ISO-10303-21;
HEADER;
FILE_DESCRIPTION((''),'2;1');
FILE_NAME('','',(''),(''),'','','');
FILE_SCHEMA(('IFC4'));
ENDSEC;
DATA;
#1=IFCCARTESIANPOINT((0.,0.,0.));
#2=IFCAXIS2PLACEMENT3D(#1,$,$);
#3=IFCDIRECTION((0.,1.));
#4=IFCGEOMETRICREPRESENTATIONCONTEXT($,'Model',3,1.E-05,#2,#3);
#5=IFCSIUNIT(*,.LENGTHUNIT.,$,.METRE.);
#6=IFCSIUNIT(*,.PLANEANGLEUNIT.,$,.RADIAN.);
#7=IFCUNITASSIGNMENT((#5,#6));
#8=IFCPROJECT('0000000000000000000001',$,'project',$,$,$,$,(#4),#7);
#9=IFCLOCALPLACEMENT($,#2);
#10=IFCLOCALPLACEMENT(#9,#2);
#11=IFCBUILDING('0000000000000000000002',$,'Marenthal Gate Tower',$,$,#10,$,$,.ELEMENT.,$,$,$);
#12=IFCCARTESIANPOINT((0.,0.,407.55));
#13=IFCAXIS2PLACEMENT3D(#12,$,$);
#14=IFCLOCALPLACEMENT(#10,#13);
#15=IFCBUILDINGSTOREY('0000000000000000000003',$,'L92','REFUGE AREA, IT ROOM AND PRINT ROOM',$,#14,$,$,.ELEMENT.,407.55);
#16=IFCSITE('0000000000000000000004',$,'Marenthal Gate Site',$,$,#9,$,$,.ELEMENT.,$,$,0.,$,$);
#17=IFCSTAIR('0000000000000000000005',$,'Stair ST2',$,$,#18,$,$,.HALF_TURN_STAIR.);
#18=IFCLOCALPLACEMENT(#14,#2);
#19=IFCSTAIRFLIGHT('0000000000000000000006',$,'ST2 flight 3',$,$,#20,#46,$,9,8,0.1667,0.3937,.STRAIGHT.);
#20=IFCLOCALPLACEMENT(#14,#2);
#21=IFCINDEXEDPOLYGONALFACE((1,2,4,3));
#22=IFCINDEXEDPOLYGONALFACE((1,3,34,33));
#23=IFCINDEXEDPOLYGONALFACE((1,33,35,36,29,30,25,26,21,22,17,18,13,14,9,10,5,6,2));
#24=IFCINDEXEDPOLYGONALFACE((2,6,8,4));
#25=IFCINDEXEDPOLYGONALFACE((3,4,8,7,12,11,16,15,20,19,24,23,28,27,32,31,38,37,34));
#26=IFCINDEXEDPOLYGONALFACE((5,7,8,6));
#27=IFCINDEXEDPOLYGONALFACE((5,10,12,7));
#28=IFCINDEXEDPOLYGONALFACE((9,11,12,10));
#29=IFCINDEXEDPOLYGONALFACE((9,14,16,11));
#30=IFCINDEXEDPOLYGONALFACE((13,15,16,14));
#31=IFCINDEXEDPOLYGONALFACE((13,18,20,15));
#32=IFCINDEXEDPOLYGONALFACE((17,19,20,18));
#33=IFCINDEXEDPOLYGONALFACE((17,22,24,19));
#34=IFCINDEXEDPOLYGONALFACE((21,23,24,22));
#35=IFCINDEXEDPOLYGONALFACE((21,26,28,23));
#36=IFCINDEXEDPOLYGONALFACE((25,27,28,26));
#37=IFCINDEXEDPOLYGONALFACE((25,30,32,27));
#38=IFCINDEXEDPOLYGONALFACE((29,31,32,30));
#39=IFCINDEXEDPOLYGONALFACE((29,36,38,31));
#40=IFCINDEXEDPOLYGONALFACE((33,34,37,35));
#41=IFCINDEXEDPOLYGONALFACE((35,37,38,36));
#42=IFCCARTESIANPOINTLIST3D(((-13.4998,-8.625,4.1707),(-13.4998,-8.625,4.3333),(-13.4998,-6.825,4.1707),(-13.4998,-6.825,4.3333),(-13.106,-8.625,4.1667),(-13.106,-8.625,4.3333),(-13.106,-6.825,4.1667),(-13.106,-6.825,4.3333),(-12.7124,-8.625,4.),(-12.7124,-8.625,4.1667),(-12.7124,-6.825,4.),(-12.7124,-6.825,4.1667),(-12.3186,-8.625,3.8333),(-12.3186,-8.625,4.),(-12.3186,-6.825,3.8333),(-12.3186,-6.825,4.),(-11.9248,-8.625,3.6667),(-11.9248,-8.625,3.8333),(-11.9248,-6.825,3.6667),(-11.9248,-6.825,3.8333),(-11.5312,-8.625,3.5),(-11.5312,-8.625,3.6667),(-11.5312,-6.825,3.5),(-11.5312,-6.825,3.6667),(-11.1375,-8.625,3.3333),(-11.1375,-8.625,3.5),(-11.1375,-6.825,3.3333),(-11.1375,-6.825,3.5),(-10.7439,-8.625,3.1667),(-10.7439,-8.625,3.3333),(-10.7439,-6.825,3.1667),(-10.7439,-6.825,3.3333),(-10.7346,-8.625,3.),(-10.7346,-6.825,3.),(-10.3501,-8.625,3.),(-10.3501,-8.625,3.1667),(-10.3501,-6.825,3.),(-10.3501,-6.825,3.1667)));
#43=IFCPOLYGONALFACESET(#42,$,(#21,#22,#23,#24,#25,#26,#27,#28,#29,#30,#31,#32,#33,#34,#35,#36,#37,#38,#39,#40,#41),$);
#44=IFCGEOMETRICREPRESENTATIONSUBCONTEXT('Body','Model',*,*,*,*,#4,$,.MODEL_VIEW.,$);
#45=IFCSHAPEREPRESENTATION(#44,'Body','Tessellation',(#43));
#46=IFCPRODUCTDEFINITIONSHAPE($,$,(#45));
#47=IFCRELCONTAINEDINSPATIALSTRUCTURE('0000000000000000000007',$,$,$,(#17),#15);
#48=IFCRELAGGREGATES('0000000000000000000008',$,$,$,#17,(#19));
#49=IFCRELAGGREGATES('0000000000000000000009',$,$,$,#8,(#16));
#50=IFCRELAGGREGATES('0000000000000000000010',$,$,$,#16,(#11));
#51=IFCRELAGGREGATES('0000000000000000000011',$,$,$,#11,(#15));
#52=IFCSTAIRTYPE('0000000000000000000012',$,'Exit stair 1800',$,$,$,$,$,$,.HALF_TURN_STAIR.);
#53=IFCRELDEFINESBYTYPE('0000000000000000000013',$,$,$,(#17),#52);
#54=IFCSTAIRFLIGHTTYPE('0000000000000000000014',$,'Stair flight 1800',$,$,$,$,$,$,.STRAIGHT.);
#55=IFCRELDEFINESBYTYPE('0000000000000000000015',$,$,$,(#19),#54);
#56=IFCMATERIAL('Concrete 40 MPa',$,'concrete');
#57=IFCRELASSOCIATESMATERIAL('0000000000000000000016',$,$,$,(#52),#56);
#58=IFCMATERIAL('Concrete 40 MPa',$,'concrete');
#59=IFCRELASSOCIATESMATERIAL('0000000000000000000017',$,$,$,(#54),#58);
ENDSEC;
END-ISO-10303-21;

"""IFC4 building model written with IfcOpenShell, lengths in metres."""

from ifc_helpers import new_model, si_unit, direction, frame, origin, place, context, subcontext, project, spatial, polyline, outline, extrude, material, type_object, element, aggregate, save


model = new_model("IFC4")

# Units and contexts
model_context = context("Model", 3, precision=1e-05, world=origin(), true_north=direction((0.0, 1.0)))
body_context = subcontext(model_context, "Body", "Model", "MODEL_VIEW")
ifc_project = project(units=[si_unit("LENGTHUNIT", "METRE"), si_unit("PLANEANGLEUNIT", "RADIAN")], contexts=[model_context])

# Site, building, storey
site_placement = place(None, origin())
site = spatial("IfcSite", under=ifc_project, at=site_placement, Name="Marenthal Gate Site", CompositionType="ELEMENT", RefElevation=0.0)
building_placement = place(site_placement, origin())
building = spatial("IfcBuilding", under=site, at=building_placement, Name="Marenthal Gate Tower", CompositionType="ELEMENT")
storey_placement = place(building_placement, frame((0.0, 0.0, 407.55)))
storey = spatial("IfcBuildingStorey", under=building, at=storey_placement, Name="L92", Description="REFUGE AREA, IT ROOM AND PRINT ROOM", CompositionType="ELEMENT", Elevation=407.55)

# Stair, stair flight
ifc_material_1 = material(Name="Concrete 40 MPa", Category="concrete")
stair_type = type_object("IfcStairType", Name="Exit stair 1800", PredefinedType="HALF_TURN_STAIR", material=ifc_material_1)
stair_placement = place(storey_placement, origin())
stair = element("IfcStair", 1, at=stair_placement, inside=storey, type_object=stair_type, Name="Stair ST2", PredefinedType="HALF_TURN_STAIR")
ifc_material_2 = material(Name="Concrete 40 MPa", Category="concrete")
stair_flight_type = type_object("IfcStairFlightType", Name="Stair flight 1800", PredefinedType="STRAIGHT", material=ifc_material_2)
stair_flight_1_placement = place(storey_placement, frame((-10.3501, -7.7251, 3.0), z_axis=(0.0, 0.0, 1.0), x_axis=(-1.0, 0.0, 0.0)))
stair_flight_1 = element("IfcStairFlight", 2, at=stair_flight_1_placement, type_object=stair_flight_type, Name="ST2 flight 3", NumberOfRisers=9, NumberOfTreads=8, PredefinedType="STRAIGHT", RiserHeight=0.1667, TreadLength=0.3937, context=body_context, shape_type="SweptSolid", body=[
    extrude(outline(polyline([(0.0, 0.0), (0.0, 0.1667), (0.3938, 0.1667), (0.3938, 0.3333), (0.7874, 0.3333), (0.7874, 0.5), (1.1812, 0.5), (1.1812, 0.6667), (1.5747, 0.6667), (1.5747, 0.8333), (1.9685, 0.8333), (1.9685, 1.0), (2.3623, 1.0), (2.3623, 1.1667), (2.7559, 1.1667), (2.7559, 1.3333), (3.1497, 1.3333), (3.1497, 1.5), (3.1497, 1.1707), (0.3845, 0.0), (0.0, 0.0)])), frame((0.0, 0.8999, 0.0), z_axis=(0.0, -1.0, 0.0), x_axis=(1.0, 0.0, 0.0)), (0.0, 0.0, 1.0), 1.8),
])
aggregate(stair, [stair_flight_1])

save(model, "model.ifc")
